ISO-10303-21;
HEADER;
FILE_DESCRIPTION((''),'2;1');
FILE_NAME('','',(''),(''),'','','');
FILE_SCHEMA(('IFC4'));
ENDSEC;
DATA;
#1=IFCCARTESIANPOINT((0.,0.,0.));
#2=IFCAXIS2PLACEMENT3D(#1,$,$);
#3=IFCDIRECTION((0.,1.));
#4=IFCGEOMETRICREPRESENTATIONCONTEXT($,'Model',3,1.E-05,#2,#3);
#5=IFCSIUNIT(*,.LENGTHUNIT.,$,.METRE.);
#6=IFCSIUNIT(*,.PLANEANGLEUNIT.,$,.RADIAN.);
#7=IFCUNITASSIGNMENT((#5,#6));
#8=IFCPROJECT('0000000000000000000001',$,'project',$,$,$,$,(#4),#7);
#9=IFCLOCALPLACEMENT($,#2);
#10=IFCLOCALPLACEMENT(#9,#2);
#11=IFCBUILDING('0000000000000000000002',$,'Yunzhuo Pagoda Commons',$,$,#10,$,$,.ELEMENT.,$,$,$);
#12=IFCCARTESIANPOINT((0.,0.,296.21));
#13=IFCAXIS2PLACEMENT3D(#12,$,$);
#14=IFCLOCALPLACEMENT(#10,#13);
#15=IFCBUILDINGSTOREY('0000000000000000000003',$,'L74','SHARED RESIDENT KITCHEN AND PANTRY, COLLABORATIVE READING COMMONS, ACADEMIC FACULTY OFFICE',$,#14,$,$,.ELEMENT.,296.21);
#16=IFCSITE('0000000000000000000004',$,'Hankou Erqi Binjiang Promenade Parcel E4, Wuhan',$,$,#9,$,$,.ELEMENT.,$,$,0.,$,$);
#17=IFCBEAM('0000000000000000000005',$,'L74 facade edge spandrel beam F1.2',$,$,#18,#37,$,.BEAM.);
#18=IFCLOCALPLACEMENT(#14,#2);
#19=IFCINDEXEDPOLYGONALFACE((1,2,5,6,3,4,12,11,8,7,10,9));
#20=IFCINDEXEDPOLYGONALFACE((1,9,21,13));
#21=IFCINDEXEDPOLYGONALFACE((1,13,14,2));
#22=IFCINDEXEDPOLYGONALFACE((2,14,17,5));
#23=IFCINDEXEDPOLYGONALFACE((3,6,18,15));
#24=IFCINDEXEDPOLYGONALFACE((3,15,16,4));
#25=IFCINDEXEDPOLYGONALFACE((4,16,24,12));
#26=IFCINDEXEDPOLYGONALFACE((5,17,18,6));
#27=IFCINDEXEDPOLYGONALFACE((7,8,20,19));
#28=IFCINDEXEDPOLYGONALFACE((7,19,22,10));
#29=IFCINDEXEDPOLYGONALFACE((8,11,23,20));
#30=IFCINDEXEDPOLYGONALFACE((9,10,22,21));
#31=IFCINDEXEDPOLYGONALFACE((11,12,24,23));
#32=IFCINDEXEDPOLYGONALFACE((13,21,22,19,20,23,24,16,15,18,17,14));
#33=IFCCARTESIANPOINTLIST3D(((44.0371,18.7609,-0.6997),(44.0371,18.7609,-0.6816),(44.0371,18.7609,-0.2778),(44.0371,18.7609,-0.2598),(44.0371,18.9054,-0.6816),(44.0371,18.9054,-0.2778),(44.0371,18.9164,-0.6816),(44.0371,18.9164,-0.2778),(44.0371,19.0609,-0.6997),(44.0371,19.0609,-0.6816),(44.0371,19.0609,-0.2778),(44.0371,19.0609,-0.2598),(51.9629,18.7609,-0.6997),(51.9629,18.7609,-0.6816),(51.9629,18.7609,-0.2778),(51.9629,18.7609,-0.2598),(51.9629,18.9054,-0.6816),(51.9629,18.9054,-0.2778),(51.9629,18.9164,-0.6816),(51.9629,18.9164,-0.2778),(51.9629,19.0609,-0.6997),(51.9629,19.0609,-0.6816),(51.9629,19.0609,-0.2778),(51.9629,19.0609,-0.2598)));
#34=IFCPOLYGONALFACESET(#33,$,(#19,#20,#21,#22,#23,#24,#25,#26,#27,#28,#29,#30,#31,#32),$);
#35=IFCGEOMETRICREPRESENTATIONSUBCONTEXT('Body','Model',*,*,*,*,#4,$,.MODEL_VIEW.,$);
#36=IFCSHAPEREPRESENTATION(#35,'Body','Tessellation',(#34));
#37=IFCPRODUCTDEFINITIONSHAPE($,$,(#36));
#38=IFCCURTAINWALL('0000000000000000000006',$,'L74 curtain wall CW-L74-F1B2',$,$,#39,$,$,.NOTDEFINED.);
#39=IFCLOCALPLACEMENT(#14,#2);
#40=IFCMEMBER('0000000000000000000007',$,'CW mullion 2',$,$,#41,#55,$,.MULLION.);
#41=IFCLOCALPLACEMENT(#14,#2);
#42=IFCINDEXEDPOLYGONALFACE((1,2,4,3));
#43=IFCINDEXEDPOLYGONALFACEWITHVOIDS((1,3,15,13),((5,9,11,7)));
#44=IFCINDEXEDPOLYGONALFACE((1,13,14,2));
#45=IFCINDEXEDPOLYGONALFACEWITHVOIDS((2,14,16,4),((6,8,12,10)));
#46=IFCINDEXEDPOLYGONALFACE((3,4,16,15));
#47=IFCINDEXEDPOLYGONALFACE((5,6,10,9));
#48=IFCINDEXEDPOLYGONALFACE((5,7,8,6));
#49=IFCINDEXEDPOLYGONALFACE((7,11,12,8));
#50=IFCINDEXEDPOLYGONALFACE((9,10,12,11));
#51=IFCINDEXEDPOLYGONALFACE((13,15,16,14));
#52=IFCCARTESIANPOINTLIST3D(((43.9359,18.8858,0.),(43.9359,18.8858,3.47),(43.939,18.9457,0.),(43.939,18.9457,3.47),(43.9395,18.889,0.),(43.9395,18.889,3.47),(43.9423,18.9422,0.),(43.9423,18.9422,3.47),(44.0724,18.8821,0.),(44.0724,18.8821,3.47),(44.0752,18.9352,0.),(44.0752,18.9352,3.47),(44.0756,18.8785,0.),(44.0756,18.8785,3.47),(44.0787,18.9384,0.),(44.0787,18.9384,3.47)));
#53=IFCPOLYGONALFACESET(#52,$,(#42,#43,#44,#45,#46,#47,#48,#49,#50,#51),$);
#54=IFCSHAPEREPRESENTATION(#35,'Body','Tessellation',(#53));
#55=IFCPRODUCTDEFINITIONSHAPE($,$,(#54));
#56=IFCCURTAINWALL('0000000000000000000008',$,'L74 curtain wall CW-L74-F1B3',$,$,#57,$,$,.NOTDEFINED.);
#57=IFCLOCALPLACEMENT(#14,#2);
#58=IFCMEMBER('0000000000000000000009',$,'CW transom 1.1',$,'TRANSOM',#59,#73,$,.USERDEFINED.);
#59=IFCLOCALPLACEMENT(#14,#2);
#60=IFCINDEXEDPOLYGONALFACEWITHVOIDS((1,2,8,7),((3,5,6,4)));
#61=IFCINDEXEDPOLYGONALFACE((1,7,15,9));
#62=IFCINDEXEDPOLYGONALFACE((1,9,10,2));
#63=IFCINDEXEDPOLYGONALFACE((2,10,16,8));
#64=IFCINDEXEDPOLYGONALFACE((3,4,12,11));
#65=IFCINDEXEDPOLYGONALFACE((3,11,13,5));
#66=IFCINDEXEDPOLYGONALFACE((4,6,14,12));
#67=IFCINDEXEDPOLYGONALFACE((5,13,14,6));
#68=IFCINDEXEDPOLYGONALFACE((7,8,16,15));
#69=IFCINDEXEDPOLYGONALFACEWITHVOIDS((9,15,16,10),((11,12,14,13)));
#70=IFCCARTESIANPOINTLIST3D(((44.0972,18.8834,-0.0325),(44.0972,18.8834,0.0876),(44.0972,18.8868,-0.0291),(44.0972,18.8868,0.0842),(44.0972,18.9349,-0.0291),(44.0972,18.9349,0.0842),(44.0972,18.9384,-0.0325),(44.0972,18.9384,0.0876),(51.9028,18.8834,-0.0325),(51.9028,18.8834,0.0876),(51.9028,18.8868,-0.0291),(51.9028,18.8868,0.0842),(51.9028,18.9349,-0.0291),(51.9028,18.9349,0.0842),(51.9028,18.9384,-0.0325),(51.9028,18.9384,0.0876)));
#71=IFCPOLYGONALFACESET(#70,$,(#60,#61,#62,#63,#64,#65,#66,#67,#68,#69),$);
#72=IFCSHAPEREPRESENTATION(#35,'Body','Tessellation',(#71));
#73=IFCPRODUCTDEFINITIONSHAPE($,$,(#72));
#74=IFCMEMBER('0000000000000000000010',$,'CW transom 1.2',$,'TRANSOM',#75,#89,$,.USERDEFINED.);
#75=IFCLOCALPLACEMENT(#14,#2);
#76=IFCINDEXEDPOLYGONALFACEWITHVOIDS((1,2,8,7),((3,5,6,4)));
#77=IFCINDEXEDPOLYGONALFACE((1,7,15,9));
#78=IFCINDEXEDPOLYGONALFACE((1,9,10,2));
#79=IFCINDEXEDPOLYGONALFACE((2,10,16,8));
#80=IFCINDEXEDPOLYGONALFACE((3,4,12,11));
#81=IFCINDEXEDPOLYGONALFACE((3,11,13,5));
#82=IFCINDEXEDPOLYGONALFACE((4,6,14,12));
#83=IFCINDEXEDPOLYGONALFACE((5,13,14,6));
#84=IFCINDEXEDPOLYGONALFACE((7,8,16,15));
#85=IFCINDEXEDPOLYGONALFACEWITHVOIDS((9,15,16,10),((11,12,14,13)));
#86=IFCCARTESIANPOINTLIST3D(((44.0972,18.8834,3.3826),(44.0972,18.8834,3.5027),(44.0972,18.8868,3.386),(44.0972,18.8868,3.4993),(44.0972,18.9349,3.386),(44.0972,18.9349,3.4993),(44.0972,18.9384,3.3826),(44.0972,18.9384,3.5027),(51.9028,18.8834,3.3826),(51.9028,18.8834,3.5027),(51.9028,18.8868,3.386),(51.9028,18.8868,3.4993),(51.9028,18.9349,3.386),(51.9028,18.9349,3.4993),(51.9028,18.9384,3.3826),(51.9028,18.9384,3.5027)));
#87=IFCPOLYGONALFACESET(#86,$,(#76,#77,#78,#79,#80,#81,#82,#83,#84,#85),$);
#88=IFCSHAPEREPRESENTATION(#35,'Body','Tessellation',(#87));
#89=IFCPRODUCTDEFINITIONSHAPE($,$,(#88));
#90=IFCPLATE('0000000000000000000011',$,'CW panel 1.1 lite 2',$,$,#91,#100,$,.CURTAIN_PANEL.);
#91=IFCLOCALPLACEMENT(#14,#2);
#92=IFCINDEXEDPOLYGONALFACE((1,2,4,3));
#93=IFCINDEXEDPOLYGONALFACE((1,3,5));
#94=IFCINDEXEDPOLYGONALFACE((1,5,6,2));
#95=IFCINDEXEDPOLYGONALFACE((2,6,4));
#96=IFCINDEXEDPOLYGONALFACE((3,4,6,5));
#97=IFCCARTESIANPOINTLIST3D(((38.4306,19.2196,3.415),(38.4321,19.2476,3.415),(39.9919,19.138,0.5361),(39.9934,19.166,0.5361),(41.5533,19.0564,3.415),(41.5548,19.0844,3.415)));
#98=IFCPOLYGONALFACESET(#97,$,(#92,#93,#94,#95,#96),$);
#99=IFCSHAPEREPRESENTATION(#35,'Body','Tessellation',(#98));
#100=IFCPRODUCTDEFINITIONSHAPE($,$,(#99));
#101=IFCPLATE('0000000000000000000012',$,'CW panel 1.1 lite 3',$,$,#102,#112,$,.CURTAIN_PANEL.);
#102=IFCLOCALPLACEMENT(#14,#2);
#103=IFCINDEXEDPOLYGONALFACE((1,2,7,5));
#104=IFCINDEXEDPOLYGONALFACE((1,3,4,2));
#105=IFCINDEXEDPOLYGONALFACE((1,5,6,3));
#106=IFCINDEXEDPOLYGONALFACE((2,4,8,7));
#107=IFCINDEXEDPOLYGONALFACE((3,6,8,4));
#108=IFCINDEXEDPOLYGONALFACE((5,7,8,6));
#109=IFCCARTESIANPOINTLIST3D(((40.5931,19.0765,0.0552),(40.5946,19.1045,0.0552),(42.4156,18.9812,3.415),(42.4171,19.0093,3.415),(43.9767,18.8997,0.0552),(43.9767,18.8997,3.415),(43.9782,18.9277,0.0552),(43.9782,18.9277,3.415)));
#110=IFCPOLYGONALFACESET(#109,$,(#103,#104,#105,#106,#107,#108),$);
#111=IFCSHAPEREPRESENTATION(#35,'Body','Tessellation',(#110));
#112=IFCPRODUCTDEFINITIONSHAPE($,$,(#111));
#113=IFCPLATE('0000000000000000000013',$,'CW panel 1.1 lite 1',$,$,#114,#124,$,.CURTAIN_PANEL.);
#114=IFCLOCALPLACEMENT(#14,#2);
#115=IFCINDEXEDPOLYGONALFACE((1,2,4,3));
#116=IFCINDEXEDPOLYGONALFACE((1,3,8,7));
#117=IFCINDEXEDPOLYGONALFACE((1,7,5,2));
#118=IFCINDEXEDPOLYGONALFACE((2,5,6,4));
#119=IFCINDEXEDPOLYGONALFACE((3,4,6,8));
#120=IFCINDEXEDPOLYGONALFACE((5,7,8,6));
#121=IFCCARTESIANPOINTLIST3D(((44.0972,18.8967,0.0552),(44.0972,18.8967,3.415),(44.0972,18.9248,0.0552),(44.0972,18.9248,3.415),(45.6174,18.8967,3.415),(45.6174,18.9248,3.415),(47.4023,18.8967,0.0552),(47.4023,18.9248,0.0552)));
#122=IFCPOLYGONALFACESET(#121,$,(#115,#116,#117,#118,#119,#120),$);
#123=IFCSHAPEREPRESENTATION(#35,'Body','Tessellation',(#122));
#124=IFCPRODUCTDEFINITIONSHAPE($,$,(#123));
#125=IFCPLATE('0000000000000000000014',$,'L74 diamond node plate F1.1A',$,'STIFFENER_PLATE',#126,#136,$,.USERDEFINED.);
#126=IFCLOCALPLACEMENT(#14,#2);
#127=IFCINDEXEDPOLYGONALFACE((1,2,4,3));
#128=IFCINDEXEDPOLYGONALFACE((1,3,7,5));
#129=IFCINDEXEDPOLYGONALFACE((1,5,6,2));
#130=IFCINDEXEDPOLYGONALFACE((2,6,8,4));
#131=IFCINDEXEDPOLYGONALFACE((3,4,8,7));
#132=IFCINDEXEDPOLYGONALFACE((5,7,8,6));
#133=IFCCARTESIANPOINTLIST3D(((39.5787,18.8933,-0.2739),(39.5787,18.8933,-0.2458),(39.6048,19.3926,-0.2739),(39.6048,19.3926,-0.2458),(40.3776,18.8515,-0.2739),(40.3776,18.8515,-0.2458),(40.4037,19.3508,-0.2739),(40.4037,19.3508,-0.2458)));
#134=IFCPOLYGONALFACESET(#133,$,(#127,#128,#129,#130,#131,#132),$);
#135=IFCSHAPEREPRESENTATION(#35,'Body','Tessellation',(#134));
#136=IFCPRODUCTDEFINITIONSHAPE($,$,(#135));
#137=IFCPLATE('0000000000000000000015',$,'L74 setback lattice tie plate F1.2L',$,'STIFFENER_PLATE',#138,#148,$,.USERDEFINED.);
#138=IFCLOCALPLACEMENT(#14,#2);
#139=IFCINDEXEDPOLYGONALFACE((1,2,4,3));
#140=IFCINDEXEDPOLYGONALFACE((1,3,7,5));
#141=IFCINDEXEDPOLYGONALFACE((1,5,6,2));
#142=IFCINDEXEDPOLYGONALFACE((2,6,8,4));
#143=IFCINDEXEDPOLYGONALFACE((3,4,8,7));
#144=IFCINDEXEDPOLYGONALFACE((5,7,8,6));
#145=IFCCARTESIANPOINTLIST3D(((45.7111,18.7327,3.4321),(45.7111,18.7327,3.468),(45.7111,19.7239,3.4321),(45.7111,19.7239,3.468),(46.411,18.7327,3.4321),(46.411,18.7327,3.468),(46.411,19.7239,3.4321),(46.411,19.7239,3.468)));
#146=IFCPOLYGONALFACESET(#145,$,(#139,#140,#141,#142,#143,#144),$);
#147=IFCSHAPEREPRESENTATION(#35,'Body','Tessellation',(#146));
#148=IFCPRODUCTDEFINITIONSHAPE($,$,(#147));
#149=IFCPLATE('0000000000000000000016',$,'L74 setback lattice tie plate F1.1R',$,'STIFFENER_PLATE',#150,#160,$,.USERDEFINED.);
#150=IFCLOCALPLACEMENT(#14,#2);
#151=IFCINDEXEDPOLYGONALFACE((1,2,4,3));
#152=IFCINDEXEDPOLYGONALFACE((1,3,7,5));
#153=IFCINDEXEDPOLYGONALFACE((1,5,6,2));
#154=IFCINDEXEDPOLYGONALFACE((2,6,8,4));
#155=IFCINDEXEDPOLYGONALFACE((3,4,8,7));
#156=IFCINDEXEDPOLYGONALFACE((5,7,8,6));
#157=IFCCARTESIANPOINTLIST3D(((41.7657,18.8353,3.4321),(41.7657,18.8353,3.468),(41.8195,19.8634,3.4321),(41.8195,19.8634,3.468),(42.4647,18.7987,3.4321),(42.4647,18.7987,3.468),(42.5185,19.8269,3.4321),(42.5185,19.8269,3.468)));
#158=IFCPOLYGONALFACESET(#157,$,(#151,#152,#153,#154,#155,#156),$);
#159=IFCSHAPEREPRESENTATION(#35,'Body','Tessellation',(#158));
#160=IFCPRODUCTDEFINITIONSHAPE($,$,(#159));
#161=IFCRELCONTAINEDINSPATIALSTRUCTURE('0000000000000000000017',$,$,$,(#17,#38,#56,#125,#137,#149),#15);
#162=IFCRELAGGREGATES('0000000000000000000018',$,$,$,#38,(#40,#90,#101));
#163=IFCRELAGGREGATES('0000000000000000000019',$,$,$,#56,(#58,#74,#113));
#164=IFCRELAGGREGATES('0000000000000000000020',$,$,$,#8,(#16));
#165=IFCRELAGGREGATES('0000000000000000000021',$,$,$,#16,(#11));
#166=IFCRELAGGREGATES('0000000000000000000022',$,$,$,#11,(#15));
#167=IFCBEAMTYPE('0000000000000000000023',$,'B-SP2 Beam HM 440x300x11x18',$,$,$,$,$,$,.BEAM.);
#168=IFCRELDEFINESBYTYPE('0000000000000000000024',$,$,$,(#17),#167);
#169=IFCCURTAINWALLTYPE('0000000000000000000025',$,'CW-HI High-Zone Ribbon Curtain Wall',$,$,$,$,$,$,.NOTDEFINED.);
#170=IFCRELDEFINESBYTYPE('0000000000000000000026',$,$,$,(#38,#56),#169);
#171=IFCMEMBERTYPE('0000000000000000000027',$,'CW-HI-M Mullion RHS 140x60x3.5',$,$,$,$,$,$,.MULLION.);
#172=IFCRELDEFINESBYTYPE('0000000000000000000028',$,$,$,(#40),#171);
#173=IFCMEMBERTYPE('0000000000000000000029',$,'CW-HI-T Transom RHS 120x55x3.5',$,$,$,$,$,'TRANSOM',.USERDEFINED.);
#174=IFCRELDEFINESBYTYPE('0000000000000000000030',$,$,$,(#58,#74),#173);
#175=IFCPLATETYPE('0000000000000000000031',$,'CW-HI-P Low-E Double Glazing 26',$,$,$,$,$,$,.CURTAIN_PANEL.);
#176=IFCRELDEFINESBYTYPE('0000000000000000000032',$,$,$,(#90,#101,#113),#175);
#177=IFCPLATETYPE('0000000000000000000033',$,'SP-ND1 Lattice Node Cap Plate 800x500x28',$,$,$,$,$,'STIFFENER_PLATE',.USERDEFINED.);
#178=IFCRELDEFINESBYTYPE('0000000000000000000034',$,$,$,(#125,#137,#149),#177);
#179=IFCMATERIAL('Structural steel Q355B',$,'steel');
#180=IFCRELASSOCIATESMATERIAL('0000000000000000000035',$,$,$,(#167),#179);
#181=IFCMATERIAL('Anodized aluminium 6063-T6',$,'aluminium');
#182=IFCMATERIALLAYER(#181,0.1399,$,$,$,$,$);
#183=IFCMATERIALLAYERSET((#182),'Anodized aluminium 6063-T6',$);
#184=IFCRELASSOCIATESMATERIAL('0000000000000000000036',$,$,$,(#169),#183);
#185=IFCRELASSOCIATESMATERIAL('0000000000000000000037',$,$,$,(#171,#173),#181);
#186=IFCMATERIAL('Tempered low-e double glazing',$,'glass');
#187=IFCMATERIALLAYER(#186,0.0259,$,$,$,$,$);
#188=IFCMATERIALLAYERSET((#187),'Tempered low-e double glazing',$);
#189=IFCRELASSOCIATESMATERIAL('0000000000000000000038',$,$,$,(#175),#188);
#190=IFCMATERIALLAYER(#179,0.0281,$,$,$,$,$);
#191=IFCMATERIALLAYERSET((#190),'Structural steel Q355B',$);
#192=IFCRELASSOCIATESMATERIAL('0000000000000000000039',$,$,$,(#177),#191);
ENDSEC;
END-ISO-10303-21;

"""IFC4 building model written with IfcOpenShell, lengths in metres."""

from ifc_helpers import new_model, si_unit, direction, frame, origin, origin_2d, place, context, subcontext, project, spatial, polyline, rectangle, hollow_rectangle, i_section, outline, extrude, source, transform, mapped, material, layer, layer_set, material_profile, profile_set, type_object, element, aggregate, save


model = new_model("IFC4")

# Units and contexts
model_context = context("Model", 3, precision=1e-05, world=origin(), true_north=direction((0.0, 1.0)))
body_context = subcontext(model_context, "Body", "Model", "MODEL_VIEW")
ifc_project = project(units=[si_unit("LENGTHUNIT", "METRE"), si_unit("PLANEANGLEUNIT", "RADIAN")], contexts=[model_context])

# Site, building, storey
site_placement = place(None, origin())
site = spatial("IfcSite", under=ifc_project, at=site_placement, Name="Hankou Erqi Binjiang Promenade Parcel E4, Wuhan", CompositionType="ELEMENT", RefElevation=0.0)
building_placement = place(site_placement, origin())
building = spatial("IfcBuilding", under=site, at=building_placement, Name="Yunzhuo Pagoda Commons", CompositionType="ELEMENT")
storey_placement = place(building_placement, frame((0.0, 0.0, 296.21)))
storey = spatial("IfcBuildingStorey", under=building, at=storey_placement, Name="L74", Description="SHARED RESIDENT KITCHEN AND PANTRY, COLLABORATIVE READING COMMONS, ACADEMIC FACULTY OFFICE", CompositionType="ELEMENT", Elevation=296.21)

# Shared definitions
ifc_material_1 = material(Name="Structural steel Q355B", Category="steel")

# Beam
ifc_material_profile_1 = material_profile(ifc_material_1, i_section(OverallWidth=0.3, OverallDepth=0.4399, WebThickness=0.011, FlangeThickness=0.0181, at=origin_2d()), Name="Structural steel Q355B")
ifc_profile_set_1 = profile_set([ifc_material_profile_1], Name="Structural steel Q355B")
beam_type_1 = type_object("IfcBeamType", Name="B-SP2 Beam HM 440x300x11x18", PredefinedType="BEAM", material=ifc_profile_set_1)
shared_shape_1 = source(origin(), body_context, "Body", "SweptSolid", [
    extrude(i_section(OverallWidth=0.3, OverallDepth=0.4399, WebThickness=0.011, FlangeThickness=0.0181, at=origin_2d()), origin(), (0.0, 0.0, 1.0), 7.9258),
])
beam_1_placement = place(storey_placement, frame((44.0371, 18.9109, -0.4797), z_axis=(1.0, 0.0, 0.0), x_axis=(0.0, 1.0, 0.0)))
element("IfcBeam", 1, at=beam_1_placement, inside=storey, type_object=beam_type_1, Name="L74 facade edge spandrel beam F1.2", PredefinedType="BEAM", context=body_context, shape_type="MappedRepresentation", body=[
    mapped(shared_shape_1, transform((0.0, 0.0, 0.0), scale=1.0)),
])

# Curtain wall, member
ifc_material_2 = material(Name="Anodized aluminium 6063-T6", Category="aluminium")
ifc_layer_1 = layer(ifc_material_2, 0.1399)
ifc_layer_set_1 = layer_set([ifc_layer_1], Name="Anodized aluminium 6063-T6")
curtain_wall_type = type_object("IfcCurtainWallType", Name="CW-HI High-Zone Ribbon Curtain Wall", PredefinedType="NOTDEFINED", material=ifc_layer_set_1)
curtain_wall_1_placement = place(storey_placement, origin())
curtain_wall_1 = element("IfcCurtainWall", 2, at=curtain_wall_1_placement, inside=storey, type_object=curtain_wall_type, Name="L74 curtain wall CW-L74-F1B2", PredefinedType="NOTDEFINED")
ifc_material_profile_2 = material_profile(ifc_material_2, hollow_rectangle(XDim=0.0601, YDim=0.1399, WallThickness=0.0034, at=origin_2d()), Name="Anodized aluminium 6063-T6")
ifc_profile_set_2 = profile_set([ifc_material_profile_2], Name="Anodized aluminium 6063-T6")
member_type_1 = type_object("IfcMemberType", Name="CW-HI-M Mullion RHS 140x60x3.5", PredefinedType="MULLION", material=ifc_profile_set_2)
shared_shape_2 = source(origin(), body_context, "Body", "SweptSolid", [
    extrude(hollow_rectangle(XDim=0.0601, YDim=0.1399, WallThickness=0.0034, at=origin_2d()), origin(), (0.0, 0.0, 1.0), 3.47),
])
member_1_placement = place(storey_placement, frame((44.0073, 18.9121, 0.0), z_axis=(0.0, 0.0, 1.0), x_axis=(0.05219, 0.998637, 0.0)))
member_1 = element("IfcMember", 3, at=member_1_placement, type_object=member_type_1, Name="CW mullion 2", PredefinedType="MULLION", context=body_context, shape_type="MappedRepresentation", body=[
    mapped(shared_shape_2, transform((0.0, 0.0, 0.0), scale=1.0)),
])

# Curtain wall, members
curtain_wall_2_placement = place(storey_placement, origin())
curtain_wall_2 = element("IfcCurtainWall", 4, at=curtain_wall_2_placement, inside=storey, type_object=curtain_wall_type, Name="L74 curtain wall CW-L74-F1B3", PredefinedType="NOTDEFINED")
ifc_material_profile_3 = material_profile(ifc_material_2, hollow_rectangle(XDim=0.0549, YDim=0.1201, WallThickness=0.0034, at=origin_2d()), Name="Anodized aluminium 6063-T6")
ifc_profile_set_3 = profile_set([ifc_material_profile_3], Name="Anodized aluminium 6063-T6")
member_type_2 = type_object("IfcMemberType", Name="CW-HI-T Transom RHS 120x55x3.5", ElementType="TRANSOM", PredefinedType="USERDEFINED", material=ifc_profile_set_3)
shared_shape_3 = source(origin(), body_context, "Body", "SweptSolid", [
    extrude(hollow_rectangle(XDim=0.0549, YDim=0.1201, WallThickness=0.0034, at=origin_2d()), origin(), (0.0, 0.0, 1.0), 7.8057),
])
member_2_placement = place(storey_placement, frame((44.0972, 18.9109, 0.0276), z_axis=(1.0, 0.0, 0.0), x_axis=(0.0, 1.0, 0.0)))
member_2 = element("IfcMember", 5, at=member_2_placement, type_object=member_type_2, Name="CW transom 1.1", ObjectType="TRANSOM", PredefinedType="USERDEFINED", context=body_context, shape_type="MappedRepresentation", body=[
    mapped(shared_shape_3, transform((0.0, 0.0, 0.0), scale=1.0)),
])
member_3_placement = place(storey_placement, frame((44.0972, 18.9109, 3.4426), z_axis=(1.0, 0.0, 0.0), x_axis=(0.0, 1.0, 0.0)))
member_3 = element("IfcMember", 6, at=member_3_placement, type_object=member_type_2, Name="CW transom 1.2", ObjectType="TRANSOM", PredefinedType="USERDEFINED", context=body_context, shape_type="MappedRepresentation", body=[
    mapped(shared_shape_3, transform((0.0, 0.0, 0.0), scale=1.0)),
])

# Plates
ifc_material_3 = material(Name="Tempered low-e double glazing", Category="glass")
ifc_layer_2 = layer(ifc_material_3, 0.0259)
ifc_layer_set_2 = layer_set([ifc_layer_2], Name="Tempered low-e double glazing")
plate_type_1 = type_object("IfcPlateType", Name="CW-HI-P Low-E Double Glazing 26", PredefinedType="CURTAIN_PANEL", material=ifc_layer_set_2)
plate_1_placement = place(storey_placement, frame((39.9934, 19.166, 1.9756), z_axis=(-0.05219, -0.998637, 0.0), x_axis=(0.998637, -0.05219, 0.0)))
plate_1 = element("IfcPlate", 7, at=plate_1_placement, type_object=plate_type_1, Name="CW panel 1.1 lite 2", PredefinedType="CURTAIN_PANEL", context=body_context, shape_type="SweptSolid", body=[
    extrude(outline(polyline([(-1.5635, 1.4395), (0.0, -1.4395), (1.5635, 1.4395), (-1.5635, 1.4395)])), origin(), (0.0, 0.0, 1.0), 0.0281),
])
plate_2_placement = place(storey_placement, frame((42.2864, 19.0161, 1.7351), z_axis=(-0.05219, -0.998637, 0.0), x_axis=(0.998637, -0.05219, 0.0)))
plate_2 = element("IfcPlate", 8, at=plate_2_placement, type_object=plate_type_1, Name="CW panel 1.1 lite 3", PredefinedType="CURTAIN_PANEL", context=body_context, shape_type="SweptSolid", body=[
    extrude(outline(polyline([(-1.6941, -1.6799), (1.6941, -1.6799), (1.6941, 1.6799), (0.1309, 1.6799), (-1.6941, -1.6799)])), origin(), (0.0, 0.0, 1.0), 0.0281),
])
aggregate(curtain_wall_1, [member_1, plate_1, plate_2])
plate_3_placement = place(storey_placement, frame((45.7498, 18.9248, 1.7351), z_axis=(0.0, -1.0, 0.0), x_axis=(1.0, 0.0, 0.0)))
plate_3 = element("IfcPlate", 9, at=plate_3_placement, type_object=plate_type_1, Name="CW panel 1.1 lite 1", PredefinedType="CURTAIN_PANEL", context=body_context, shape_type="SweptSolid", body=[
    extrude(outline(polyline([(-1.6526, -1.6799), (1.6526, -1.6799), (-0.1323, 1.6799), (-1.6526, 1.6799), (-1.6526, -1.6799)])), origin(), (0.0, 0.0, 1.0), 0.0281),
])
aggregate(curtain_wall_2, [member_2, member_3, plate_3])

# Plates
ifc_layer_3 = layer(ifc_material_1, 0.0281)
ifc_layer_set_3 = layer_set([ifc_layer_3], Name="Structural steel Q355B")
plate_type_2 = type_object("IfcPlateType", Name="SP-ND1 Lattice Node Cap Plate 800x500x28", ElementType="STIFFENER_PLATE", PredefinedType="USERDEFINED", material=ifc_layer_set_3)
shared_shape_4 = source(origin(), body_context, "Body", "SweptSolid", [
    extrude(rectangle(XDim=0.8, YDim=0.5, at=origin_2d()), origin(), (0.0, 0.0, 1.0), 0.0281),
])
plate_4_placement = place(storey_placement, frame((39.9912, 19.1221, -0.2739), z_axis=(0.0, 0.0, 1.0), x_axis=(0.998637, -0.052197, 0.0)))
element("IfcPlate", 10, at=plate_4_placement, inside=storey, type_object=plate_type_2, Name="L74 diamond node plate F1.1A", ObjectType="STIFFENER_PLATE", PredefinedType="USERDEFINED", context=body_context, shape_type="MappedRepresentation", body=[
    mapped(shared_shape_4, transform((0.0, 0.0, 0.0), scale=1.0)),
])
shared_shape_5 = source(origin(), body_context, "Body", "SweptSolid", [
    extrude(rectangle(XDim=0.7, YDim=0.9912, at=origin_2d()), origin(), (0.0, 0.0, 1.0), 0.0359),
])
plate_5_placement = place(storey_placement, frame((46.061, 19.2283, 3.4321), z_axis=(0.0, 0.0, 1.0), x_axis=(1.0, 0.0, 0.0)))
element("IfcPlate", 11, at=plate_5_placement, inside=storey, type_object=plate_type_2, Name="L74 setback lattice tie plate F1.2L", ObjectType="STIFFENER_PLATE", PredefinedType="USERDEFINED", context=body_context, shape_type="MappedRepresentation", body=[
    mapped(shared_shape_5, transform((0.0, 0.0, 0.0), scale=1.0)),
])
shared_shape_6 = source(origin(), body_context, "Body", "SweptSolid", [
    extrude(rectangle(XDim=0.7, YDim=1.0295, at=origin_2d()), origin(), (0.0, 0.0, 1.0), 0.0359),
])
plate_6_placement = place(storey_placement, frame((42.1421, 19.3311, 3.4321), z_axis=(0.0, 0.0, 1.0), x_axis=(0.998637, -0.052197, 0.0)))
element("IfcPlate", 12, at=plate_6_placement, inside=storey, type_object=plate_type_2, Name="L74 setback lattice tie plate F1.1R", ObjectType="STIFFENER_PLATE", PredefinedType="USERDEFINED", context=body_context, shape_type="MappedRepresentation", body=[
    mapped(shared_shape_6, transform((0.0, 0.0, 0.0), scale=1.0)),
])

save(model, "model.ifc")
